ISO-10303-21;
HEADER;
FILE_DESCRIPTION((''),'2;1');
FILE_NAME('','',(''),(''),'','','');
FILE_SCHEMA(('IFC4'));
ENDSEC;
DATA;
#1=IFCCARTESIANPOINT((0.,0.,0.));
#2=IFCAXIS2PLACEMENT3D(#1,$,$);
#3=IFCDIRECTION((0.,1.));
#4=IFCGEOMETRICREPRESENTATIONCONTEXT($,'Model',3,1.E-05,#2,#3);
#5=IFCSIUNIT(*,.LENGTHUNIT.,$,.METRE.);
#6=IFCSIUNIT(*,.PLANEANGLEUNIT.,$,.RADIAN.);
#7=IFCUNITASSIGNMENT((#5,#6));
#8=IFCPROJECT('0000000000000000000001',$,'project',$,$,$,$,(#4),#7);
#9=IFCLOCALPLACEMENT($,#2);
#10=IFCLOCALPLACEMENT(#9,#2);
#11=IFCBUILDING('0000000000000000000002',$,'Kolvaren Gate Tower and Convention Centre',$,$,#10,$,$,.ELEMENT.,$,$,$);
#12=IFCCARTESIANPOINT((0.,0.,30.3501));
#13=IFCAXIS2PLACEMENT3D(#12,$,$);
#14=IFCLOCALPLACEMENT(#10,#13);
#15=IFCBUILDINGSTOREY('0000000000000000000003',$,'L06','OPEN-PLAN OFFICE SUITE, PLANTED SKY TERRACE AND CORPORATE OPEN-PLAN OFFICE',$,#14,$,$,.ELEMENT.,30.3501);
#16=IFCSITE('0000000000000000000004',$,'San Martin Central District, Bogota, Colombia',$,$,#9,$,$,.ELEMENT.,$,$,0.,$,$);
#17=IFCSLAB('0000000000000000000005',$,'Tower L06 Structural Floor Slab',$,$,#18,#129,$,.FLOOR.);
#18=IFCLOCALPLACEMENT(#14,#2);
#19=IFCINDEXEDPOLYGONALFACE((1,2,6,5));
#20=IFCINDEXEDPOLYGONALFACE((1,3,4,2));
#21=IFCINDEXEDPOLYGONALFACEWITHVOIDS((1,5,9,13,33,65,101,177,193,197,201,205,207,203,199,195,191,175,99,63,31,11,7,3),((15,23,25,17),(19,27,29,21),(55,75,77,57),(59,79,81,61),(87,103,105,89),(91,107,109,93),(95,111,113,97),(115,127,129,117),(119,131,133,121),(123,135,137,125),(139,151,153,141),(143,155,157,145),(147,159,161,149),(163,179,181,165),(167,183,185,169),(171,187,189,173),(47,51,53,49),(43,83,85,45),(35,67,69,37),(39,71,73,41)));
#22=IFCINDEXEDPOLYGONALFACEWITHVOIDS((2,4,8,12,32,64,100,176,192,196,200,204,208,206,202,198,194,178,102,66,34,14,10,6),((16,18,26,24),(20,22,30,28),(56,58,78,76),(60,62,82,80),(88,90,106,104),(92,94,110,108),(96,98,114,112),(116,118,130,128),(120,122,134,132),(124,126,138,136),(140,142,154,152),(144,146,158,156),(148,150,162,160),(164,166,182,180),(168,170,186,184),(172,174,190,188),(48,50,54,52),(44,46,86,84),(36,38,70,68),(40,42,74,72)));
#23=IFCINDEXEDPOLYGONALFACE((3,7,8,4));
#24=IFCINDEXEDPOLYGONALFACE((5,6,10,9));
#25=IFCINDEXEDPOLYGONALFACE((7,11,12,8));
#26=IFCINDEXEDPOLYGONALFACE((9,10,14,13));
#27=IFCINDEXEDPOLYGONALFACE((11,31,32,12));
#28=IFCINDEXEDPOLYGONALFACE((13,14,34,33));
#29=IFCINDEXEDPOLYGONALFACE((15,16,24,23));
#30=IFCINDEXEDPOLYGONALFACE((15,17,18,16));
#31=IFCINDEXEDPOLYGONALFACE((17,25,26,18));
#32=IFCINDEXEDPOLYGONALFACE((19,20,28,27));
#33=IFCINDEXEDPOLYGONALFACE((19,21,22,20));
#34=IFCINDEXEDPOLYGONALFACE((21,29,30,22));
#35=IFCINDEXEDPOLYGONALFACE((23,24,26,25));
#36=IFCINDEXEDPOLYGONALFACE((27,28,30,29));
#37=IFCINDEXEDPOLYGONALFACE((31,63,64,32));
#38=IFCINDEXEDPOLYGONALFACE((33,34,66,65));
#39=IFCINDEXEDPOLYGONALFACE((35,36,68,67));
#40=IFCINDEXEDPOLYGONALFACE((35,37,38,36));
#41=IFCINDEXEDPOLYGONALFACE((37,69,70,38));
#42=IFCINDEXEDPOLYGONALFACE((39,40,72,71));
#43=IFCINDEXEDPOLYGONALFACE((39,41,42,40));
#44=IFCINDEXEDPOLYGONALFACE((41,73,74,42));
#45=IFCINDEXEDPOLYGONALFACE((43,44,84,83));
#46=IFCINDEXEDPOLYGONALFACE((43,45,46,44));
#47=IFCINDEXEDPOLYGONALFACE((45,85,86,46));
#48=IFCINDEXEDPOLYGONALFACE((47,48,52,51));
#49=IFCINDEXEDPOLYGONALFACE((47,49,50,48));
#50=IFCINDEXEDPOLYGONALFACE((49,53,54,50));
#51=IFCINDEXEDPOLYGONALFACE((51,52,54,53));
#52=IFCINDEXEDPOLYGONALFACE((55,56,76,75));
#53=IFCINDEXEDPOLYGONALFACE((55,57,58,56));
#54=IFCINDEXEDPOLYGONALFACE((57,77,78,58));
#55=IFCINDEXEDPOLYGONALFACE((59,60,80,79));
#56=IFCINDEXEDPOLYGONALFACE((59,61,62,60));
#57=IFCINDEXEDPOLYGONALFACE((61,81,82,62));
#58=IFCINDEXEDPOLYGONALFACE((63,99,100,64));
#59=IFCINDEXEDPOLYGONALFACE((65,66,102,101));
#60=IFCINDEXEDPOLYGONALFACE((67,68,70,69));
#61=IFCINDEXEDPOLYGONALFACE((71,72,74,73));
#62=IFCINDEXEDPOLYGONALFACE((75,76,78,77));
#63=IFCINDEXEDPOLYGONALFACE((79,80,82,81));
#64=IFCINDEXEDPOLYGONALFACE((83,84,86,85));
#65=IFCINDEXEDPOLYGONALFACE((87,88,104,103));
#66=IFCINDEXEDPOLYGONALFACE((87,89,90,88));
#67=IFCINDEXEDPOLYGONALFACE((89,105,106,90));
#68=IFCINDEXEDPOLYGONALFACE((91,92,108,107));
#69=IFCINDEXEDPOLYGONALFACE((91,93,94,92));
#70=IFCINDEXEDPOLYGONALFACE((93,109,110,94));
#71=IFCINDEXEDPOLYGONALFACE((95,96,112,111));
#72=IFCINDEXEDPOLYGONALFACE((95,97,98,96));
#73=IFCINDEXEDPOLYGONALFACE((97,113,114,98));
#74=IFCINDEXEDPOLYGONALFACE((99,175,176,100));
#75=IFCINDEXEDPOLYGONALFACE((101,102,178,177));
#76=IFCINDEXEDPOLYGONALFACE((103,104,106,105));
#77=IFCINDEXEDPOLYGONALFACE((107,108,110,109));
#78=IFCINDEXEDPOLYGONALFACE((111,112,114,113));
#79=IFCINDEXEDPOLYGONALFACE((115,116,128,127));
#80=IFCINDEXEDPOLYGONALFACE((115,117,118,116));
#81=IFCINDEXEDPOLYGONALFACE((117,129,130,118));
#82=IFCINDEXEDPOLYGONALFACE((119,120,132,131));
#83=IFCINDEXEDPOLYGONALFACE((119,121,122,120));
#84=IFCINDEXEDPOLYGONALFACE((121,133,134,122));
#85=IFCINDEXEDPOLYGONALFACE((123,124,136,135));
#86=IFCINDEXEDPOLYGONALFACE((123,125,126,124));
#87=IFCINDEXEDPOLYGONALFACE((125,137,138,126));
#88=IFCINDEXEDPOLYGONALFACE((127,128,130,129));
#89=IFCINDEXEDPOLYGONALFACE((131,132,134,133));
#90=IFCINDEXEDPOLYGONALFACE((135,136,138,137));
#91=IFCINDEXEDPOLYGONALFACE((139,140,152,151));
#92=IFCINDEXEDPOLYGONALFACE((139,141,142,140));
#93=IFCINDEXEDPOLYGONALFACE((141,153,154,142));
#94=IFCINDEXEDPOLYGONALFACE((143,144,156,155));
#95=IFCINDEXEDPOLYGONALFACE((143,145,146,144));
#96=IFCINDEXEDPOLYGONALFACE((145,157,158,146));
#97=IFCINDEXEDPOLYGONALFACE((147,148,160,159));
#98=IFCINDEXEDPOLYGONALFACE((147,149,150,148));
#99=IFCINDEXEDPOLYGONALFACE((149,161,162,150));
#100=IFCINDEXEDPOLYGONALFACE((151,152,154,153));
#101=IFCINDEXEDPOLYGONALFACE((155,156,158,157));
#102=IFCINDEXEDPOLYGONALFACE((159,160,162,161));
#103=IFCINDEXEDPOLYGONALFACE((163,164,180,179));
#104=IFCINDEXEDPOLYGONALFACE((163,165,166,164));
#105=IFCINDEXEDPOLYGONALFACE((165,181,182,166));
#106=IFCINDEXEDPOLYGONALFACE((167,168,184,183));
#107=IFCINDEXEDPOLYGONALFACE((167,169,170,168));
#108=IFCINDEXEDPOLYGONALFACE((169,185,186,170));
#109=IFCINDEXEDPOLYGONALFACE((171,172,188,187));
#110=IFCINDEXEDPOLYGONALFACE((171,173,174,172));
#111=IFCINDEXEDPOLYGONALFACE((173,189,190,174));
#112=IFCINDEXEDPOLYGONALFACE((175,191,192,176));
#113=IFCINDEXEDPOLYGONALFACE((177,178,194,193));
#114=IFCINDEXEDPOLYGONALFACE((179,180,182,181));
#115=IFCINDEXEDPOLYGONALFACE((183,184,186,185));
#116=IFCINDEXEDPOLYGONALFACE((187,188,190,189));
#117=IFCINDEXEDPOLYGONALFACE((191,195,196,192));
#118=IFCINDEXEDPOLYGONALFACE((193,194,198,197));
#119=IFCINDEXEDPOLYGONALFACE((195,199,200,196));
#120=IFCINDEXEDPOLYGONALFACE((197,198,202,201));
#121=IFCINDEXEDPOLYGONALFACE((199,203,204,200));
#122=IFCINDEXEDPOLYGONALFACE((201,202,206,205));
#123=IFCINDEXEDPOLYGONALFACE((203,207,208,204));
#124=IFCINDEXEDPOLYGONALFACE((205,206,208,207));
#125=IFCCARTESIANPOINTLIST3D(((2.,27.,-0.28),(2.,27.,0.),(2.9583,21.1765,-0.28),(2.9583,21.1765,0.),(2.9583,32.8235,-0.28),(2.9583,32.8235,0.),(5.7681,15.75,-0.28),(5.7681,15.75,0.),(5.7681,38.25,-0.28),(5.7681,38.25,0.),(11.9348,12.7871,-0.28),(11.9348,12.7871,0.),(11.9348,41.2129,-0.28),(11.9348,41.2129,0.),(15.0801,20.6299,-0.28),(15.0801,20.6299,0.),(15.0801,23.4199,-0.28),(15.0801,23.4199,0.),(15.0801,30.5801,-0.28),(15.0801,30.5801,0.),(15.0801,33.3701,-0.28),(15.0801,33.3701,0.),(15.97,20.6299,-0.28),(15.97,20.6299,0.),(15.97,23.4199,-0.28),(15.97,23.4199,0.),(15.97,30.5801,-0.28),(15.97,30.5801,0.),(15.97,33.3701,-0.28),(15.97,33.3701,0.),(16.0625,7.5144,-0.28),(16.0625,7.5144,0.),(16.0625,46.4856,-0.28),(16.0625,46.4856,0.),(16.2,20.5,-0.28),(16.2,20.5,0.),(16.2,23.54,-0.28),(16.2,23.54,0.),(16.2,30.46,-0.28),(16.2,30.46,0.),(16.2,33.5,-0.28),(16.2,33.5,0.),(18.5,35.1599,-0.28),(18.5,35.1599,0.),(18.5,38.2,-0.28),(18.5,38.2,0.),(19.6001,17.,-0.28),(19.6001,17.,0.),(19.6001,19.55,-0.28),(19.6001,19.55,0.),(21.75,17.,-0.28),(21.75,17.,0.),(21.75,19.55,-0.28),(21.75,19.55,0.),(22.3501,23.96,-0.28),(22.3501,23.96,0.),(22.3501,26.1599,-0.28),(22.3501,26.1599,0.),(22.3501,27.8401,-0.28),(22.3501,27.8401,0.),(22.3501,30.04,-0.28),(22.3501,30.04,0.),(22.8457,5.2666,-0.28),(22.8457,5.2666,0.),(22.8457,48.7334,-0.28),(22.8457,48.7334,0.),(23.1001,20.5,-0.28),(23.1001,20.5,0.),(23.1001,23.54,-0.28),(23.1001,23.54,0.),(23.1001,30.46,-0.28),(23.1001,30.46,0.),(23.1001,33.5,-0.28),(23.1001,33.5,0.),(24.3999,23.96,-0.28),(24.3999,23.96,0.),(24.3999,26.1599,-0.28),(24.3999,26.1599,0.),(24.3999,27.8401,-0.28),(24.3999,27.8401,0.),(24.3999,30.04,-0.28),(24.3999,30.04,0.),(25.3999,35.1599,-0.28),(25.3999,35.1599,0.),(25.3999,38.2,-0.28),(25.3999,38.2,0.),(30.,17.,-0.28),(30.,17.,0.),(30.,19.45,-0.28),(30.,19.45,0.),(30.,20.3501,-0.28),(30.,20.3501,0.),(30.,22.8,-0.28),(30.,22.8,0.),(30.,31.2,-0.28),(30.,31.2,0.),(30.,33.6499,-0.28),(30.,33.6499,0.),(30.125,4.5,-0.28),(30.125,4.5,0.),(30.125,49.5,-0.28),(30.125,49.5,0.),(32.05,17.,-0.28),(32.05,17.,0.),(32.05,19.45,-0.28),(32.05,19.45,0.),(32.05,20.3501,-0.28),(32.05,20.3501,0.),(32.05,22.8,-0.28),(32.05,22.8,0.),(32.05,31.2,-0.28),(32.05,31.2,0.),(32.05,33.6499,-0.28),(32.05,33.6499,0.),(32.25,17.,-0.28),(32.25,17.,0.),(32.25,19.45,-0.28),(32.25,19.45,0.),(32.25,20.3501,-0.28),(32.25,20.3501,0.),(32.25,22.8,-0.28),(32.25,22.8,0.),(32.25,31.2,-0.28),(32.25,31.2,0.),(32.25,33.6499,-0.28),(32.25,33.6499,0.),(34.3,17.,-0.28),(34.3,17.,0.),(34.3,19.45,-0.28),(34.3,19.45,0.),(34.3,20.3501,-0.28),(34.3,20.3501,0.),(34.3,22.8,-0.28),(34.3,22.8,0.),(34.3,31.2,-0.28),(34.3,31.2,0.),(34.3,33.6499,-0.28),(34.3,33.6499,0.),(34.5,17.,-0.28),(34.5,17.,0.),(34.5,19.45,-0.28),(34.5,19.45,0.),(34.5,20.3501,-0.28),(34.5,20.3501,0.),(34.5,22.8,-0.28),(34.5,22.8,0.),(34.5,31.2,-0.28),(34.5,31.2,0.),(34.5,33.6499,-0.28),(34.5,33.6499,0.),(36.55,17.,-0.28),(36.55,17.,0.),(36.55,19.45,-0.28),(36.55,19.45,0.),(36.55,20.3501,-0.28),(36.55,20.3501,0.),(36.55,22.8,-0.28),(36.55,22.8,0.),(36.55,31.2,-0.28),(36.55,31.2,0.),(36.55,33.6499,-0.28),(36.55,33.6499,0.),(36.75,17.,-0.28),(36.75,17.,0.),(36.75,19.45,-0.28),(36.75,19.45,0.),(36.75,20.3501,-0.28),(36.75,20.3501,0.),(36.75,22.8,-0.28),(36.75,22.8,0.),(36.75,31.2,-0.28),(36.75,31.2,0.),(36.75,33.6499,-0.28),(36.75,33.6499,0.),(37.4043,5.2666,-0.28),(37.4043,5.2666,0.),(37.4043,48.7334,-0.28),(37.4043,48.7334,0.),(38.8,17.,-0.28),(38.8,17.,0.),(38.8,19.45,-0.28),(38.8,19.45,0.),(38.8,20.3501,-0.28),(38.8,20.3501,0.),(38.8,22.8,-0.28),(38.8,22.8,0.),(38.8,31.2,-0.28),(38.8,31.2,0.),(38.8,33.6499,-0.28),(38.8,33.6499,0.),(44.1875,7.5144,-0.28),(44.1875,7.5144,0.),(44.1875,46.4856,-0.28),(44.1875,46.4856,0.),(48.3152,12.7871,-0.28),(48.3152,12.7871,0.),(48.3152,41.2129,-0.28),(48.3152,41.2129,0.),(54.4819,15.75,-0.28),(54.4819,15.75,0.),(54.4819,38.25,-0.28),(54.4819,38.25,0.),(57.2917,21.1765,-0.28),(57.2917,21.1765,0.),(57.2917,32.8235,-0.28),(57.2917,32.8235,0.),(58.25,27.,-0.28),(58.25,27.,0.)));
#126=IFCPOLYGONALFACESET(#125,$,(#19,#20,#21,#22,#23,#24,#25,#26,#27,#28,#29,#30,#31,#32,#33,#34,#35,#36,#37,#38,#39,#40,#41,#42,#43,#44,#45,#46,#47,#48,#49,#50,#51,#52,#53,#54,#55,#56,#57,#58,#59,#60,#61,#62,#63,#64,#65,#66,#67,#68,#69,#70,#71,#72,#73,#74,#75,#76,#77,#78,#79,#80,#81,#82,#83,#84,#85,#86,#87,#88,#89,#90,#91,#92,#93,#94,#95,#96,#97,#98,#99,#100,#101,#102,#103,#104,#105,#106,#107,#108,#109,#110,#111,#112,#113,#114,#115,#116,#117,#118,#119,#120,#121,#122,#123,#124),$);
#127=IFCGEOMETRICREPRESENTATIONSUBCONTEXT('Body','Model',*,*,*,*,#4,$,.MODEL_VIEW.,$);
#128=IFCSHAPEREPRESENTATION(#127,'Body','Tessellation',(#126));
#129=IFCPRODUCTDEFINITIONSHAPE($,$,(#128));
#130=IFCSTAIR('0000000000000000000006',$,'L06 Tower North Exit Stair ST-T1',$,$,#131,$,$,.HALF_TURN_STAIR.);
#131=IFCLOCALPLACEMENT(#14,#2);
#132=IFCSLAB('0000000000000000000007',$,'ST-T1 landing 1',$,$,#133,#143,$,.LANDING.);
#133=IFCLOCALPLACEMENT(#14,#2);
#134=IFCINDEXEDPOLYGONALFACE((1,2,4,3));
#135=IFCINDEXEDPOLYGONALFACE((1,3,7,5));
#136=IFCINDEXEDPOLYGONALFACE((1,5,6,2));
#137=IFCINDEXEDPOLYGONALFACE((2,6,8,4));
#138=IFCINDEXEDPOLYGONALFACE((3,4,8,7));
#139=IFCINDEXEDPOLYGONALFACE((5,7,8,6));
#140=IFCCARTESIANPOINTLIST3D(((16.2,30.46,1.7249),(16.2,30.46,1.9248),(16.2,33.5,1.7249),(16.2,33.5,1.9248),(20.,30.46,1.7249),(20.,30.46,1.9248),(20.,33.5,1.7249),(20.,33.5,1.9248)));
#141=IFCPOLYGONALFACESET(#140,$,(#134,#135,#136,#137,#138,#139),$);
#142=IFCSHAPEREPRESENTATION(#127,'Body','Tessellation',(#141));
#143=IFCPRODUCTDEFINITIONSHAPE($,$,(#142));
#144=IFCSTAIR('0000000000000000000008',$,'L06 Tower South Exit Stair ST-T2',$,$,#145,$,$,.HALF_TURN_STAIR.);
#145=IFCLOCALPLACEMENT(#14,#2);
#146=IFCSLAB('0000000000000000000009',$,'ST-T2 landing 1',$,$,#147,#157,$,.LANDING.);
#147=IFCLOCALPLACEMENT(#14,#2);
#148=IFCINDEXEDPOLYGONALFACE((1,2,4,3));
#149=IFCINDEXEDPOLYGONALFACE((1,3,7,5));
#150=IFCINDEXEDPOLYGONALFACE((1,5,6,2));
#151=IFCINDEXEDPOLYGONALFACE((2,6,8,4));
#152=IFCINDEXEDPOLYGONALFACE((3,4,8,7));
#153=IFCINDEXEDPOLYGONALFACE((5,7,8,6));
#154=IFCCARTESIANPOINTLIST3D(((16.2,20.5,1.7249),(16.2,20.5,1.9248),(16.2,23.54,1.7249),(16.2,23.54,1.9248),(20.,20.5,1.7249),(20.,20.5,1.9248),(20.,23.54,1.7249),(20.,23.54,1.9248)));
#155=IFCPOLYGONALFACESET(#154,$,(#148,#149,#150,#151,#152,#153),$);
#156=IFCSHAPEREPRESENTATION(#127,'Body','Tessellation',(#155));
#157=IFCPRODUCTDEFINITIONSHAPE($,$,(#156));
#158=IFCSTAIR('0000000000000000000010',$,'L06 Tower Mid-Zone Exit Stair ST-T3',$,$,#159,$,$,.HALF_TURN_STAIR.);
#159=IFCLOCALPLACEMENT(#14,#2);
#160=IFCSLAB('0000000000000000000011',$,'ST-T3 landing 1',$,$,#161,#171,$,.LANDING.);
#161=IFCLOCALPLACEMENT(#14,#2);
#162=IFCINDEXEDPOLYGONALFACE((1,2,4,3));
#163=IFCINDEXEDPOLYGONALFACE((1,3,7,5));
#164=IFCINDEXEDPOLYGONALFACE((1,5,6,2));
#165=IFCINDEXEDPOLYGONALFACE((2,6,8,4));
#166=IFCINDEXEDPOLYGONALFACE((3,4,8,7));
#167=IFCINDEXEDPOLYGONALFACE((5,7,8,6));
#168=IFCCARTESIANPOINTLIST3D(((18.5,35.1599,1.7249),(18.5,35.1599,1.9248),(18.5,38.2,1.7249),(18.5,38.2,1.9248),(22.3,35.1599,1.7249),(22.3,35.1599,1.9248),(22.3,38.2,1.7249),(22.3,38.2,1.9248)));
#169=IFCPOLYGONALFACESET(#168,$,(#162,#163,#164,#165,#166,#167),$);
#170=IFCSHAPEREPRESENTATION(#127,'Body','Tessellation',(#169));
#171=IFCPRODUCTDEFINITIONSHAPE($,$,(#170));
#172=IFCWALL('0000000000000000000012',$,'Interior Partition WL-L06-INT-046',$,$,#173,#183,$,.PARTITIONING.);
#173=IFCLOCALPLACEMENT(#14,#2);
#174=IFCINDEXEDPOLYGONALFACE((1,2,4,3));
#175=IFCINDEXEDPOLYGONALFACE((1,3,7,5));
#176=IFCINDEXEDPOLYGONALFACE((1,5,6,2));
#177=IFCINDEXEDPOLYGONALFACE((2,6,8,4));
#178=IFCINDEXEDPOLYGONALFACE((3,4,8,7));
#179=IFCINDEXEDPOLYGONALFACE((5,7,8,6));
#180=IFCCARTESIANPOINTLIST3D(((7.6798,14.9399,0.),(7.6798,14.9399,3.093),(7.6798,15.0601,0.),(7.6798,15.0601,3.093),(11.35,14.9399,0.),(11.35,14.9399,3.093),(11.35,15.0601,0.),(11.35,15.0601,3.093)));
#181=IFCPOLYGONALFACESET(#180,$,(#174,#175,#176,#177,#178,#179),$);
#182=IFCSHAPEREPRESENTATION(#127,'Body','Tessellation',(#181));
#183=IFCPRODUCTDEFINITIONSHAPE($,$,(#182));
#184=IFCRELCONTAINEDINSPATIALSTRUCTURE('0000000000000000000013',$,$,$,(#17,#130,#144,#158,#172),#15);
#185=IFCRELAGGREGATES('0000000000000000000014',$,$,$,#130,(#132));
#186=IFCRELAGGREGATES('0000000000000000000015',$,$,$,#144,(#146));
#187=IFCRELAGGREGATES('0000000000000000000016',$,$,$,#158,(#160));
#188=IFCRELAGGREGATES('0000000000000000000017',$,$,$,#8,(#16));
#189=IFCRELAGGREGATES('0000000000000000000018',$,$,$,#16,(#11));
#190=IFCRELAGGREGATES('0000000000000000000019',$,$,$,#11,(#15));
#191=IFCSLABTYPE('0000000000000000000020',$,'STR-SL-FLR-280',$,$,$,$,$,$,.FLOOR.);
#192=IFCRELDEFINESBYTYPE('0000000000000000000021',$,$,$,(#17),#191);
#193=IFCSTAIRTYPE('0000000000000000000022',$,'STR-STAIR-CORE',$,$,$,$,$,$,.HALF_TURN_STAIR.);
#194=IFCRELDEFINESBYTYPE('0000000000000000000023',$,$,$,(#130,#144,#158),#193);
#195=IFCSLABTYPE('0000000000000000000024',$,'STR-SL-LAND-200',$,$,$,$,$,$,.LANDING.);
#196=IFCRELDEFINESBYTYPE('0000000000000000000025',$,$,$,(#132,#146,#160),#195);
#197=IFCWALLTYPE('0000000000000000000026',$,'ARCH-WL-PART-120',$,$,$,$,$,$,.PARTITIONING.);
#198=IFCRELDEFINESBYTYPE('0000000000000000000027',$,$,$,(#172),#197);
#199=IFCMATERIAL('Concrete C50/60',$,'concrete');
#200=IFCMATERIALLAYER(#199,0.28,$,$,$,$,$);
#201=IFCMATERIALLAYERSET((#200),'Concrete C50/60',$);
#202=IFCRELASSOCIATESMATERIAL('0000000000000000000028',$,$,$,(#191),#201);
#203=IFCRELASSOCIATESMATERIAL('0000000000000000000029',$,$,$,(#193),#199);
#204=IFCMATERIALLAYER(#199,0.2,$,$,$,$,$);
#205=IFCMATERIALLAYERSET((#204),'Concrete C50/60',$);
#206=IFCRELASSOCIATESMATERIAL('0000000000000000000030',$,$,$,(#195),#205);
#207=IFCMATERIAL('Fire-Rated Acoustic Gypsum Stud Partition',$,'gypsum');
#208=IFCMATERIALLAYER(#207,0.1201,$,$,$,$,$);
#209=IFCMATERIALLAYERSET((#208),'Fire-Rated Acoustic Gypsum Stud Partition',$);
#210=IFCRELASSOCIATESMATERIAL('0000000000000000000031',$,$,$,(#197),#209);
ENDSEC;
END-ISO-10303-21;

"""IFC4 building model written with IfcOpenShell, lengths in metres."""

from ifc_helpers import new_model, si_unit, direction, frame, frame_2d, origin, place, context, subcontext, project, spatial, polyline, rectangle, outline, extrude, material, layer, layer_set, type_object, element, aggregate, save


model = new_model("IFC4")

# Units and contexts
model_context = context("Model", 3, precision=1e-05, world=origin(), true_north=direction((0.0, 1.0)))
body_context = subcontext(model_context, "Body", "Model", "MODEL_VIEW")
ifc_project = project(units=[si_unit("LENGTHUNIT", "METRE"), si_unit("PLANEANGLEUNIT", "RADIAN")], contexts=[model_context])

# Site, building, storey
site_placement = place(None, origin())
site = spatial("IfcSite", under=ifc_project, at=site_placement, Name="San Martin Central District, Bogota, Colombia", CompositionType="ELEMENT", RefElevation=0.0)
building_placement = place(site_placement, origin())
building = spatial("IfcBuilding", under=site, at=building_placement, Name="Kolvaren Gate Tower and Convention Centre", CompositionType="ELEMENT")
storey_placement = place(building_placement, frame((0.0, 0.0, 30.3501)))
storey = spatial("IfcBuildingStorey", under=building, at=storey_placement, Name="L06", Description="OPEN-PLAN OFFICE SUITE, PLANTED SKY TERRACE AND CORPORATE OPEN-PLAN OFFICE", CompositionType="ELEMENT", Elevation=30.3501)

# Slab
ifc_material_1 = material(Name="Concrete C50/60", Category="concrete")
ifc_layer_1 = layer(ifc_material_1, 0.28)
ifc_layer_set_1 = layer_set([ifc_layer_1], Name="Concrete C50/60")
slab_type_1 = type_object("IfcSlabType", Name="STR-SL-FLR-280", PredefinedType="FLOOR", material=ifc_layer_set_1)
slab_1_placement = place(storey_placement, frame((0.0, 0.0, -0.28)))
element("IfcSlab", 1, at=slab_1_placement, inside=storey, type_object=slab_type_1, Name="Tower L06 Structural Floor Slab", PredefinedType="FLOOR", context=body_context, shape_type="SweptSolid", body=[
    extrude(outline(polyline([(58.25, 27.0), (57.2917, 32.8235), (54.4819, 38.25), (48.3152, 41.2129), (44.1875, 46.4856), (37.4043, 48.7334), (30.125, 49.5), (22.8457, 48.7334), (16.0625, 46.4856), (11.9348, 41.2129), (5.7681, 38.25), (2.9583, 32.8235), (2.0, 27.0), (2.9583, 21.1765), (5.7681, 15.75), (11.9348, 12.7871), (16.0625, 7.5144), (22.8457, 5.2666), (30.125, 4.5), (37.4043, 5.2666), (44.1875, 7.5144), (48.3152, 12.7871), (54.4819, 15.75), (57.2917, 21.1765), (58.25, 27.0)]), holes=[polyline([(36.75, 33.6499), (38.8, 33.6499), (38.8, 31.2), (36.75, 31.2), (36.75, 33.6499)]), polyline([(36.75, 20.3501), (36.75, 22.8), (38.8, 22.8), (38.8, 20.3501), (36.75, 20.3501)]), polyline([(36.75, 17.0), (36.75, 19.45), (38.8, 19.45), (38.8, 17.0), (36.75, 17.0)]), polyline([(34.5, 33.6499), (36.55, 33.6499), (36.55, 31.2), (34.5, 31.2), (34.5, 33.6499)]), polyline([(34.5, 22.8), (36.55, 22.8), (36.55, 20.3501), (34.5, 20.3501), (34.5, 22.8)]), polyline([(34.5, 17.0), (34.5, 19.45), (36.55, 19.45), (36.55, 17.0), (34.5, 17.0)]), polyline([(32.25, 31.2), (32.25, 33.6499), (34.3, 33.6499), (34.3, 31.2), (32.25, 31.2)]), polyline([(32.25, 22.8), (34.3, 22.8), (34.3, 20.3501), (32.25, 20.3501), (32.25, 22.8)]), polyline([(32.25, 17.0), (32.25, 19.45), (34.3, 19.45), (34.3, 17.0), (32.25, 17.0)]), polyline([(30.0, 31.2), (30.0, 33.6499), (32.05, 33.6499), (32.05, 31.2), (30.0, 31.2)]), polyline([(30.0, 20.3501), (30.0, 22.8), (32.05, 22.8), (32.05, 20.3501), (30.0, 20.3501)]), polyline([(30.0, 17.0), (30.0, 19.45), (32.05, 19.45), (32.05, 17.0), (30.0, 17.0)]), polyline([(25.3999, 35.1599), (18.5, 35.1599), (18.5, 38.2), (25.3999, 38.2), (25.3999, 35.1599)]), polyline([(22.3501, 27.8401), (22.3501, 30.04), (24.3999, 30.04), (24.3999, 27.8401), (22.3501, 27.8401)]), polyline([(22.3501, 23.96), (22.3501, 26.1599), (24.3999, 26.1599), (24.3999, 23.96), (22.3501, 23.96)]), polyline([(23.1001, 30.46), (16.2, 30.46), (16.2, 33.5), (23.1001, 33.5), (23.1001, 30.46)]), polyline([(23.1001, 20.5), (16.2, 20.5), (16.2, 23.54), (23.1001, 23.54), (23.1001, 20.5)]), polyline([(19.6001, 17.0), (19.6001, 19.55), (21.75, 19.55), (21.75, 17.0), (19.6001, 17.0)]), polyline([(15.0801, 23.4199), (15.97, 23.4199), (15.97, 20.6299), (15.0801, 20.6299), (15.0801, 23.4199)]), polyline([(15.0801, 30.5801), (15.0801, 33.3701), (15.97, 33.3701), (15.97, 30.5801), (15.0801, 30.5801)])]), origin(), (0.0, 0.0, 1.0), 0.28),
])

# Stairs, slabs
stair_type = type_object("IfcStairType", Name="STR-STAIR-CORE", PredefinedType="HALF_TURN_STAIR", material=ifc_material_1)
stair_1_placement = place(storey_placement, origin())
stair_1 = element("IfcStair", 2, at=stair_1_placement, inside=storey, type_object=stair_type, Name="L06 Tower North Exit Stair ST-T1", PredefinedType="HALF_TURN_STAIR")
ifc_layer_2 = layer(ifc_material_1, 0.2)
ifc_layer_set_2 = layer_set([ifc_layer_2], Name="Concrete C50/60")
slab_type_2 = type_object("IfcSlabType", Name="STR-SL-LAND-200", PredefinedType="LANDING", material=ifc_layer_set_2)
slab_2_placement = place(storey_placement, frame((0.0, 0.0, 1.7249)))
slab_2 = element("IfcSlab", 3, at=slab_2_placement, type_object=slab_type_2, Name="ST-T1 landing 1", PredefinedType="LANDING", context=body_context, shape_type="SweptSolid", body=[
    extrude(outline(polyline([(20.0, 33.5), (16.2, 33.5), (16.2, 30.46), (20.0, 30.46), (20.0, 33.5)])), origin(), (0.0, 0.0, 1.0), 0.2),
])
aggregate(stair_1, [slab_2])
stair_2_placement = place(storey_placement, origin())
stair_2 = element("IfcStair", 4, at=stair_2_placement, inside=storey, type_object=stair_type, Name="L06 Tower South Exit Stair ST-T2", PredefinedType="HALF_TURN_STAIR")
slab_3_placement = place(storey_placement, frame((0.0, 0.0, 1.7249)))
slab_3 = element("IfcSlab", 5, at=slab_3_placement, type_object=slab_type_2, Name="ST-T2 landing 1", PredefinedType="LANDING", context=body_context, shape_type="SweptSolid", body=[
    extrude(outline(polyline([(20.0, 23.54), (16.2, 23.54), (16.2, 20.5), (20.0, 20.5), (20.0, 23.54)])), origin(), (0.0, 0.0, 1.0), 0.2),
])
aggregate(stair_2, [slab_3])
stair_3_placement = place(storey_placement, origin())
stair_3 = element("IfcStair", 6, at=stair_3_placement, inside=storey, type_object=stair_type, Name="L06 Tower Mid-Zone Exit Stair ST-T3", PredefinedType="HALF_TURN_STAIR")
slab_4_placement = place(storey_placement, frame((0.0, 0.0, 1.7249)))
slab_4 = element("IfcSlab", 7, at=slab_4_placement, type_object=slab_type_2, Name="ST-T3 landing 1", PredefinedType="LANDING", context=body_context, shape_type="SweptSolid", body=[
    extrude(outline(polyline([(22.3, 38.2), (18.5, 38.2), (18.5, 35.1599), (22.3, 35.1599), (22.3, 38.2)])), origin(), (0.0, 0.0, 1.0), 0.2),
])
aggregate(stair_3, [slab_4])

# Wall
ifc_material_2 = material(Name="Fire-Rated Acoustic Gypsum Stud Partition", Category="gypsum")
ifc_layer_3 = layer(ifc_material_2, 0.1201)
ifc_layer_set_3 = layer_set([ifc_layer_3], Name="Fire-Rated Acoustic Gypsum Stud Partition")
wall_type_1 = type_object("IfcWallType", Name="ARCH-WL-PART-120", PredefinedType="PARTITIONING", material=ifc_layer_set_3)
wall_1_placement = place(storey_placement, frame((7.6799, 15.0, 0.0), z_axis=(0.0, 0.0, 1.0), x_axis=(1.0, 0.0, 0.0)))
element("IfcWall", 8, at=wall_1_placement, inside=storey, type_object=wall_type_1, Name="Interior Partition WL-L06-INT-046", PredefinedType="PARTITIONING", context=body_context, shape_type="SweptSolid", body=[
    extrude(rectangle(XDim=3.6702, YDim=0.1201, at=frame_2d((1.835, 0.0))), origin(), (0.0, 0.0, 1.0), 3.093),
])

save(model, "model.ifc")
